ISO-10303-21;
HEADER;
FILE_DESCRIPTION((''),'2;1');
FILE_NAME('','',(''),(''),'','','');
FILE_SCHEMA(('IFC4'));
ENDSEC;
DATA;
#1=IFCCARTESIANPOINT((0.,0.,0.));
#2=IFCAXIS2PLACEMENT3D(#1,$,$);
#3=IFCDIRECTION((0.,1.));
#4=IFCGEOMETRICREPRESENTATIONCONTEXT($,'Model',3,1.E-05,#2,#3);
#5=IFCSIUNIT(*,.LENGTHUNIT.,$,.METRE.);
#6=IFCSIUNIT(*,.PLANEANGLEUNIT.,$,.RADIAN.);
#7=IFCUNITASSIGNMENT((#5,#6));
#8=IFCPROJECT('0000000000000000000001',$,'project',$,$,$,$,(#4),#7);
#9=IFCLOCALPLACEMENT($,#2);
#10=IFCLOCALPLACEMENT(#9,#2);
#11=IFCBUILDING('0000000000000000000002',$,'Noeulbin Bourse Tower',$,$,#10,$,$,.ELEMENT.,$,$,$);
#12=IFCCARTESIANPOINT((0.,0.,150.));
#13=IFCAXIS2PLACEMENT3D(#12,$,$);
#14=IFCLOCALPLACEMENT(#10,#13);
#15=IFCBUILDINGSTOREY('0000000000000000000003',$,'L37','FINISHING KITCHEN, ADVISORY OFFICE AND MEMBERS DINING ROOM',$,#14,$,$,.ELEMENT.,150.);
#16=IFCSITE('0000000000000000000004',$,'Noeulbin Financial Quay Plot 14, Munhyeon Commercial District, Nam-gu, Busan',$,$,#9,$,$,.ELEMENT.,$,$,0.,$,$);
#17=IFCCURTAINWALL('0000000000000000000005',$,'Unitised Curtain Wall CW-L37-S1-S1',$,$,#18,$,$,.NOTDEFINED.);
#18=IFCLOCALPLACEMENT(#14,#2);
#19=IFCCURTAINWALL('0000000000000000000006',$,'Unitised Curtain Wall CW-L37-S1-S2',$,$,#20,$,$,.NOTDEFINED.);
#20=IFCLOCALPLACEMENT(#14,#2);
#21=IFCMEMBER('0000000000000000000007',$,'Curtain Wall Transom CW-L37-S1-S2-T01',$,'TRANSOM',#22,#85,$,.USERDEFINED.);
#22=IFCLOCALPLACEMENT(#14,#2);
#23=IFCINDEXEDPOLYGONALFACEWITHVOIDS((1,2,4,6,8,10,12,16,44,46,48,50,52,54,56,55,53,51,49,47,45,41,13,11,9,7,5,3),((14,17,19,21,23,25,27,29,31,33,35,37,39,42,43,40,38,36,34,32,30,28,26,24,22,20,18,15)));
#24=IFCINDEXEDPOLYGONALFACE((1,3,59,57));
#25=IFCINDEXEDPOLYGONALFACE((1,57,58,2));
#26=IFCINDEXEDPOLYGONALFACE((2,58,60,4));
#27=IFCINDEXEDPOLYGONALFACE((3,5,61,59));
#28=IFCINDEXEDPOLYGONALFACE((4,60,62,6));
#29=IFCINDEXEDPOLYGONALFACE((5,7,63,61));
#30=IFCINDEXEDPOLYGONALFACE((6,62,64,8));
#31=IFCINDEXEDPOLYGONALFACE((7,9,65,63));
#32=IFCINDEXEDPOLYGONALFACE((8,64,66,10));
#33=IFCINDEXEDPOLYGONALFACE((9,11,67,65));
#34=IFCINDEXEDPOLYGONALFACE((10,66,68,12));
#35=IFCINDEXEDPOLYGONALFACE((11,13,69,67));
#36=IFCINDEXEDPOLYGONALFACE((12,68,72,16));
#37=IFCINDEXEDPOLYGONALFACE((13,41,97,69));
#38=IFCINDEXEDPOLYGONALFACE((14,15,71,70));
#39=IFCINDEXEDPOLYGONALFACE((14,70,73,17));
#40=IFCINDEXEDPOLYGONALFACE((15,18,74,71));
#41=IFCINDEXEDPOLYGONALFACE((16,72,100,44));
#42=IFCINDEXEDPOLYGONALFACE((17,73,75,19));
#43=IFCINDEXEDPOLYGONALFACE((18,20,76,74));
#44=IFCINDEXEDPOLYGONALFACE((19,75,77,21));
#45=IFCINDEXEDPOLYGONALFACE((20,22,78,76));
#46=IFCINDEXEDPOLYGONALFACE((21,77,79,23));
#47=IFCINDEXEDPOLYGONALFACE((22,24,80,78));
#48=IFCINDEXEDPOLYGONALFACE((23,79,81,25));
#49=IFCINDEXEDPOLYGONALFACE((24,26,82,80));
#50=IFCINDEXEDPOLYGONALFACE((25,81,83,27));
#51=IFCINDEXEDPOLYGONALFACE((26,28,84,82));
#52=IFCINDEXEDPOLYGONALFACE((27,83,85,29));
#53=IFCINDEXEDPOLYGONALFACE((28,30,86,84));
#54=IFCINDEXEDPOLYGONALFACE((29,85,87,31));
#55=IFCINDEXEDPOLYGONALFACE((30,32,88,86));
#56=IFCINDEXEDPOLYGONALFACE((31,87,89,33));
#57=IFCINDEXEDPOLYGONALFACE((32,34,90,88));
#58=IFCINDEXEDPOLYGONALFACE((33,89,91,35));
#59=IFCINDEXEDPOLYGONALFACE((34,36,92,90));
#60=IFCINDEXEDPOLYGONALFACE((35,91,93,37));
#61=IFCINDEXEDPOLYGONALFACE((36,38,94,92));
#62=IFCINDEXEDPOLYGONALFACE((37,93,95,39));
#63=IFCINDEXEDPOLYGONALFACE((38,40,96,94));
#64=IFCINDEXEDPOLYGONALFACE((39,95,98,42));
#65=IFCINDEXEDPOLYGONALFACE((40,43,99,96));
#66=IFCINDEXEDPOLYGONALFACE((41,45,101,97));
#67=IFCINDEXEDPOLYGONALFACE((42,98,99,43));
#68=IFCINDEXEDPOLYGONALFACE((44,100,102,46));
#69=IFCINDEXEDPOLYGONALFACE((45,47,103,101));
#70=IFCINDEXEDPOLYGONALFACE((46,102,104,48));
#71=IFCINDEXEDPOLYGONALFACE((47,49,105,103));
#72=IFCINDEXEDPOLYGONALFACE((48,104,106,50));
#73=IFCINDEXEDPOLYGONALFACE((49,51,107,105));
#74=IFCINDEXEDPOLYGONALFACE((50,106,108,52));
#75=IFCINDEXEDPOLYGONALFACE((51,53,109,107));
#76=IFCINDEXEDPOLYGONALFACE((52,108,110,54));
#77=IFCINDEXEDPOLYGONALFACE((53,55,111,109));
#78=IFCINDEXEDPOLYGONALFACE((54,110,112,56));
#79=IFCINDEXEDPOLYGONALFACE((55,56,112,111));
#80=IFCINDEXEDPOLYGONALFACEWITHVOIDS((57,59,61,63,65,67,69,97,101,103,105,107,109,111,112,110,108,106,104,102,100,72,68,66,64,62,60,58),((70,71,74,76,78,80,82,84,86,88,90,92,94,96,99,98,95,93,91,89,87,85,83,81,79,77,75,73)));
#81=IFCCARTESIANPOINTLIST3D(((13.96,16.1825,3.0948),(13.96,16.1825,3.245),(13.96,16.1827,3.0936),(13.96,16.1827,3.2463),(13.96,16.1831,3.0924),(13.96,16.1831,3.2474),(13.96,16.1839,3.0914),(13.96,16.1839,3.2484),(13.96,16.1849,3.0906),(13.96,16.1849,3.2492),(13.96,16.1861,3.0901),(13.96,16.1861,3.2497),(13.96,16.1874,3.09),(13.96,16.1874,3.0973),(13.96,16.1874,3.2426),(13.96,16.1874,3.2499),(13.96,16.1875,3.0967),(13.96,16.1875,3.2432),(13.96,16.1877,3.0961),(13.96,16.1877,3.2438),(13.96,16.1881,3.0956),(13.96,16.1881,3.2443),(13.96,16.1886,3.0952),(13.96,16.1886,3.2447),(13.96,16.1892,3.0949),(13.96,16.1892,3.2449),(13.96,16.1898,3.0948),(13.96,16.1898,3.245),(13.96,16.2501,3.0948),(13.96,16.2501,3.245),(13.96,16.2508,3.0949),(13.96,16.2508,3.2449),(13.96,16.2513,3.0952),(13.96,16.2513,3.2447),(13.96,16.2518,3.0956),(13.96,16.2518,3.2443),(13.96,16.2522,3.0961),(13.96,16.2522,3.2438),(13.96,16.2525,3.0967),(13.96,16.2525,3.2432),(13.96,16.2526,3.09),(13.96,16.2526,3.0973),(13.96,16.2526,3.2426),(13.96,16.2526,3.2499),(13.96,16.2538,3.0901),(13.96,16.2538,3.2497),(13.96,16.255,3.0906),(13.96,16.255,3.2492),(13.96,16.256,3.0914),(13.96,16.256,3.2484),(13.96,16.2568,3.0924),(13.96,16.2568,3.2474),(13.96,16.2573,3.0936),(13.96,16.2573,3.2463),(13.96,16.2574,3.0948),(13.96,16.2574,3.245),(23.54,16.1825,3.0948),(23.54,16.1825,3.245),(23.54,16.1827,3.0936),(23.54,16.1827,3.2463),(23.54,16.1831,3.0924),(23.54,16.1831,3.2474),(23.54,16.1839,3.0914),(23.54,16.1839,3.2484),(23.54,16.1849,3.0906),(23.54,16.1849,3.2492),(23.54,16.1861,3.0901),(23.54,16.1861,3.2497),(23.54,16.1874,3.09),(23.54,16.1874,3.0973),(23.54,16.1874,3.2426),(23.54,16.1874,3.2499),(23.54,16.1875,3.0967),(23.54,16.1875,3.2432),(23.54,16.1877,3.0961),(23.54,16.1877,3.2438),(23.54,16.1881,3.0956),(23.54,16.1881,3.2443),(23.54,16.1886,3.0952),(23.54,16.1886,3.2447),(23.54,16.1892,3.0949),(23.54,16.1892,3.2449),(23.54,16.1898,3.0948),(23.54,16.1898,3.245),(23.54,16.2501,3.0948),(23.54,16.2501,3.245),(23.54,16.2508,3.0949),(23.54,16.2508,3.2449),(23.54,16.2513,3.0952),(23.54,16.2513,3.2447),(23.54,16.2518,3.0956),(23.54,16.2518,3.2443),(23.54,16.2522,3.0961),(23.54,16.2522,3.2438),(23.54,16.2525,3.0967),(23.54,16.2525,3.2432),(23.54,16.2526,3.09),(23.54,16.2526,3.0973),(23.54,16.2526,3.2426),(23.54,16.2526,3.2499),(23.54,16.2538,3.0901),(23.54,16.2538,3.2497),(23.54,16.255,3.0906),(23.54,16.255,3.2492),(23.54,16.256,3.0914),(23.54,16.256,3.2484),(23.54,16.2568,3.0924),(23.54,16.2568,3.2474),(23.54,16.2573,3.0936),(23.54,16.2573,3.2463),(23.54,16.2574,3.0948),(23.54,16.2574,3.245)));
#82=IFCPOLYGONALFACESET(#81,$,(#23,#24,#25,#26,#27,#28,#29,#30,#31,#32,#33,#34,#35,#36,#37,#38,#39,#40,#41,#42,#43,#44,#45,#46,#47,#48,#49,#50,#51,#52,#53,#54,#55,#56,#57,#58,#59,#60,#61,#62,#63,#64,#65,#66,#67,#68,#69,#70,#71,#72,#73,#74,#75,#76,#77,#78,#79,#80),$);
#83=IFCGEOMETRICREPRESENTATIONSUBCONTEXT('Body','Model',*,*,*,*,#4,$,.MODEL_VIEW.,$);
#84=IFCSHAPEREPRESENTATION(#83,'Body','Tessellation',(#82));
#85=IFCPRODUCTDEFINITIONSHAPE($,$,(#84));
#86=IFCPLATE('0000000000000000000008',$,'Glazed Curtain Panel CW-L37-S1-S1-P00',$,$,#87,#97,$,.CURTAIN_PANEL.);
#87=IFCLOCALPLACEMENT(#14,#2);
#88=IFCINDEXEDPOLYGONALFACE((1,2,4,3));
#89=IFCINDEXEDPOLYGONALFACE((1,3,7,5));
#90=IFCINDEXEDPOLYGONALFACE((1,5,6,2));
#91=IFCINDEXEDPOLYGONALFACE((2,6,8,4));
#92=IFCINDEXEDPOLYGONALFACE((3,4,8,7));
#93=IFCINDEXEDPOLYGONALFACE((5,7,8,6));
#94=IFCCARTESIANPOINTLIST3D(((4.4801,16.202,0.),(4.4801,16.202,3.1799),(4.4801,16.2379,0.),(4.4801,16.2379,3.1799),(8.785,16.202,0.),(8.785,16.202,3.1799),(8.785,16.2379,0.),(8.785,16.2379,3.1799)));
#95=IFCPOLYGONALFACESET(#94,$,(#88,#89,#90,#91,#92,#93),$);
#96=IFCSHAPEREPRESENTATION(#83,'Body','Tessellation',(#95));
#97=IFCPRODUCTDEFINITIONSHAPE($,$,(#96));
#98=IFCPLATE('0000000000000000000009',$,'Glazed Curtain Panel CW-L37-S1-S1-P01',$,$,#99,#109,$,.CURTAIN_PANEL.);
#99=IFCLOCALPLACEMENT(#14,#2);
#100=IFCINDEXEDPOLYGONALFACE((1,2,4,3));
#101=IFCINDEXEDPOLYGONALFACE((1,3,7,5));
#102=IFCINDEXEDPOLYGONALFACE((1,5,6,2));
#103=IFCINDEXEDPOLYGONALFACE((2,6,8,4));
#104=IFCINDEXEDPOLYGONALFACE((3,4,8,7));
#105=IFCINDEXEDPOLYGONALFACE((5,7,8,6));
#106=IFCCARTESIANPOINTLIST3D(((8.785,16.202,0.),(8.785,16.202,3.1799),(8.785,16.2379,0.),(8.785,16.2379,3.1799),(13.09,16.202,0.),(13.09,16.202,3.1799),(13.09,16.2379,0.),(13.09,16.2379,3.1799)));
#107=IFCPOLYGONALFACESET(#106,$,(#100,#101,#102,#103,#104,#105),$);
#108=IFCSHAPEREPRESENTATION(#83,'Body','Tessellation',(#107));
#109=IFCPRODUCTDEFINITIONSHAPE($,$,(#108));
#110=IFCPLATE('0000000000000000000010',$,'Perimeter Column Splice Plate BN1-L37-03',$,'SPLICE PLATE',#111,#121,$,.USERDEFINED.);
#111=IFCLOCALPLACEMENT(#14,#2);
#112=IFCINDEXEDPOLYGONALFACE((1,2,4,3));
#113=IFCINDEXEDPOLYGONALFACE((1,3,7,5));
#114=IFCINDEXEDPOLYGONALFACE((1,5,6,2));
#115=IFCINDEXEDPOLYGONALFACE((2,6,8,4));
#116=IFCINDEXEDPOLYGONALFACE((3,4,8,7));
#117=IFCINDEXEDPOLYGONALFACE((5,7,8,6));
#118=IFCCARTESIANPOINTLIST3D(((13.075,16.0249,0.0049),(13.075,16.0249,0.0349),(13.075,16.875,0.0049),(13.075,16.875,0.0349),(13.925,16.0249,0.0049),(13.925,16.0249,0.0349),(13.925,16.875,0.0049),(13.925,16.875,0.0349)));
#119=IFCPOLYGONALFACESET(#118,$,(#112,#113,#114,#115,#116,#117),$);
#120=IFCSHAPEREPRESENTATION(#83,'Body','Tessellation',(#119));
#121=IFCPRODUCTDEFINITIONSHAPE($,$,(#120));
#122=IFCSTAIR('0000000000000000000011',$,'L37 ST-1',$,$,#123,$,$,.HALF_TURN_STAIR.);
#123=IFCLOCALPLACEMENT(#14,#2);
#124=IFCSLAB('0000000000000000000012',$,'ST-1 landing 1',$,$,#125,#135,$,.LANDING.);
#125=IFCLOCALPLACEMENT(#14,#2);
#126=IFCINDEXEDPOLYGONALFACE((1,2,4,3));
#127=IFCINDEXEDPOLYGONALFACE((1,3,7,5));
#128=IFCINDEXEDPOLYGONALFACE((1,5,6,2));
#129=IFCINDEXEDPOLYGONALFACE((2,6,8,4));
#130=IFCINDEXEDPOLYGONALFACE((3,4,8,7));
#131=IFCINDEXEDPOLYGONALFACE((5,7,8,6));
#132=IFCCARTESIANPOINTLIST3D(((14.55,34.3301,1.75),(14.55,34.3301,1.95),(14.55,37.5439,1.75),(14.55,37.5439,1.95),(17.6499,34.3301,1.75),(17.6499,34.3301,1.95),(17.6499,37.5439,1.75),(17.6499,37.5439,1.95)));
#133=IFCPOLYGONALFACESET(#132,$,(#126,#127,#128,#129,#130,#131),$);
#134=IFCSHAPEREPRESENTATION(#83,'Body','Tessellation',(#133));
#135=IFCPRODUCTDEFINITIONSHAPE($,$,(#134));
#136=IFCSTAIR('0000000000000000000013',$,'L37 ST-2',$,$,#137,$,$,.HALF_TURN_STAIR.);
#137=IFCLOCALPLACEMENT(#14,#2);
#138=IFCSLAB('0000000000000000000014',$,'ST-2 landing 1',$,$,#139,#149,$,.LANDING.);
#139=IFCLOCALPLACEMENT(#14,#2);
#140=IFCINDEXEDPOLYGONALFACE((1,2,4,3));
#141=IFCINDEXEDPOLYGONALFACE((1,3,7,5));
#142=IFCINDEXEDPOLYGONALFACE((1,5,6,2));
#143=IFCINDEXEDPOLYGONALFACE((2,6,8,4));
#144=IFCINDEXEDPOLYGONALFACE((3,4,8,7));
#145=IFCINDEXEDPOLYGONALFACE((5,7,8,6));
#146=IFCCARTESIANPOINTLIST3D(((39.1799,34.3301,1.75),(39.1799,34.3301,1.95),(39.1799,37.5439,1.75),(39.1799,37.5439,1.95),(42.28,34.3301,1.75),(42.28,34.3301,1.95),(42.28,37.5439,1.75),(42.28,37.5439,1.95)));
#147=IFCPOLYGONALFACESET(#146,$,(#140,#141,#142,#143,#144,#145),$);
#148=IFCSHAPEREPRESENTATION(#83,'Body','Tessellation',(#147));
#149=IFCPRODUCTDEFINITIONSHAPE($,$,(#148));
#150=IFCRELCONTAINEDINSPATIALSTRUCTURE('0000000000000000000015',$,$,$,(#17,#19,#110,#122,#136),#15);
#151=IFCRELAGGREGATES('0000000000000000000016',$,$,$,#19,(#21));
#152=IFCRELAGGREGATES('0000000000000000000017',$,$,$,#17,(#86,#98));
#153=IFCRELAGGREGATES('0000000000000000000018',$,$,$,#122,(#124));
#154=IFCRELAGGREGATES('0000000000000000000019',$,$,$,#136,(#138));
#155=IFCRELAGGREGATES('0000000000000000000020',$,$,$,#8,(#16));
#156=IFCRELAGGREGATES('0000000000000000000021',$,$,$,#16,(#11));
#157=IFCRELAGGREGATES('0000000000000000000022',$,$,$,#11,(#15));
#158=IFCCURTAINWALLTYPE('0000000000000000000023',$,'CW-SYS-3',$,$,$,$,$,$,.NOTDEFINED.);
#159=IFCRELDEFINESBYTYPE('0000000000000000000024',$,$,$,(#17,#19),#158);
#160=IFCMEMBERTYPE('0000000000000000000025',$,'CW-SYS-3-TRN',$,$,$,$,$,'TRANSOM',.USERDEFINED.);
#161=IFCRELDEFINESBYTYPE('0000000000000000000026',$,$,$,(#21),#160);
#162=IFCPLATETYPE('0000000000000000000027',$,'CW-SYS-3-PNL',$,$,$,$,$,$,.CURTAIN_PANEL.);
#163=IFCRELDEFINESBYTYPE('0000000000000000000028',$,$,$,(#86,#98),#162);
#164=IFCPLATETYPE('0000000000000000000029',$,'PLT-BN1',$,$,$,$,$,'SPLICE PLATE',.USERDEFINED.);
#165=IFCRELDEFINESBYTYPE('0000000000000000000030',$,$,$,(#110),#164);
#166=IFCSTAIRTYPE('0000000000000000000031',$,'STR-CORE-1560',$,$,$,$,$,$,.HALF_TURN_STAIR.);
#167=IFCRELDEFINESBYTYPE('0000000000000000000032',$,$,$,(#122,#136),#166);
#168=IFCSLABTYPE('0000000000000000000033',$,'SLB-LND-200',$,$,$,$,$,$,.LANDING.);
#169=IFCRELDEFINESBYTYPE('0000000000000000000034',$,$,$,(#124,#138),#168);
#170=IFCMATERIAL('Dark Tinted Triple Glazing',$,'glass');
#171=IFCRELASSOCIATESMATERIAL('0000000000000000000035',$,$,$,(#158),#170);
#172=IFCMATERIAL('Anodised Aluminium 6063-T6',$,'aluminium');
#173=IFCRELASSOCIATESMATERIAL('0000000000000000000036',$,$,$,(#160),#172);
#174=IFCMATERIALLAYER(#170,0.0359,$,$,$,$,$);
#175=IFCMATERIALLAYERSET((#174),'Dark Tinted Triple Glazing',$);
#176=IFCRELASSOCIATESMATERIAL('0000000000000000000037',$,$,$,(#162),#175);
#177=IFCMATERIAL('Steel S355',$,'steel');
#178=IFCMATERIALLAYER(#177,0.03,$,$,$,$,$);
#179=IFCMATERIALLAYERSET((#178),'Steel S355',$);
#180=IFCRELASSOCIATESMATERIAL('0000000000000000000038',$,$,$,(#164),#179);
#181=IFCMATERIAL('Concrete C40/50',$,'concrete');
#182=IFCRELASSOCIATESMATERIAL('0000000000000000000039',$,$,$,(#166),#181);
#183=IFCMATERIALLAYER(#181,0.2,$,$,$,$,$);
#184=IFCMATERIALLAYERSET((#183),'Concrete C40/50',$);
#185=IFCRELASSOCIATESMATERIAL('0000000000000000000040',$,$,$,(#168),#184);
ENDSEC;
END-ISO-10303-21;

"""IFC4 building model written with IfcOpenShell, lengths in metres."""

from ifc_helpers import new_model, si_unit, direction, frame, origin, origin_2d, place, context, subcontext, project, spatial, polyline, rectangle, hollow_rectangle, outline, extrude, material, layer, layer_set, material_profile, profile_set, type_object, element, aggregate, save


model = new_model("IFC4")

# Units and contexts
model_context = context("Model", 3, precision=1e-05, world=origin(), true_north=direction((0.0, 1.0)))
body_context = subcontext(model_context, "Body", "Model", "MODEL_VIEW")
ifc_project = project(units=[si_unit("LENGTHUNIT", "METRE"), si_unit("PLANEANGLEUNIT", "RADIAN")], contexts=[model_context])

# Site, building, storey
site_placement = place(None, origin())
site = spatial("IfcSite", under=ifc_project, at=site_placement, Name="Noeulbin Financial Quay Plot 14, Munhyeon Commercial District, Nam-gu, Busan", CompositionType="ELEMENT", RefElevation=0.0)
building_placement = place(site_placement, origin())
building = spatial("IfcBuilding", under=site, at=building_placement, Name="Noeulbin Bourse Tower", CompositionType="ELEMENT")
storey_placement = place(building_placement, frame((0.0, 0.0, 150.0)))
storey = spatial("IfcBuildingStorey", under=building, at=storey_placement, Name="L37", Description="FINISHING KITCHEN, ADVISORY OFFICE AND MEMBERS DINING ROOM", CompositionType="ELEMENT", Elevation=150.0)

# Shared definitions
ifc_material_1 = material(Name="Steel S355", Category="steel")

# Curtain wall
ifc_material_2 = material(Name="Dark Tinted Triple Glazing", Category="glass")
curtain_wall_type = type_object("IfcCurtainWallType", Name="CW-SYS-3", PredefinedType="NOTDEFINED", material=ifc_material_2)
curtain_wall_1_placement = place(storey_placement, origin())
curtain_wall_1 = element("IfcCurtainWall", 1, at=curtain_wall_1_placement, inside=storey, type_object=curtain_wall_type, Name="Unitised Curtain Wall CW-L37-S1-S1", PredefinedType="NOTDEFINED")
ifc_material_3 = material(Name="Anodised Aluminium 6063-T6", Category="aluminium")

# Curtain wall
curtain_wall_2_placement = place(storey_placement, origin())
curtain_wall_2 = element("IfcCurtainWall", 2, at=curtain_wall_2_placement, inside=storey, type_object=curtain_wall_type, Name="Unitised Curtain Wall CW-L37-S1-S2", PredefinedType="NOTDEFINED")

# Member
ifc_material_profile_1 = material_profile(ifc_material_3, hollow_rectangle(XDim=0.075, YDim=0.1599, WallThickness=0.0049, InnerFilletRadius=0.0024, OuterFilletRadius=0.0049, at=origin_2d()), Name="ALU-TRAN-75x160x5", Category="LoadBearing")
ifc_profile_set_1 = profile_set([ifc_material_profile_1], Name="Anodised Aluminium 6063-T6")
member_type_1 = type_object("IfcMemberType", Name="CW-SYS-3-TRN", ElementType="TRANSOM", PredefinedType="USERDEFINED", material=ifc_profile_set_1)
member_1_placement = place(storey_placement, frame((13.96, 16.22, 3.1699), z_axis=(1.0, 0.0, 0.0), x_axis=(0.0, 1.0, 0.0)))
member_1 = element("IfcMember", 3, at=member_1_placement, type_object=member_type_1, Name="Curtain Wall Transom CW-L37-S1-S2-T01", ObjectType="TRANSOM", PredefinedType="USERDEFINED", context=body_context, shape_type="SweptSolid", body=[
    extrude(hollow_rectangle(XDim=0.075, YDim=0.1599, WallThickness=0.0049, InnerFilletRadius=0.0024, OuterFilletRadius=0.0049, at=origin_2d()), origin(), (0.0, 0.0, 1.0), 9.5801),
])
aggregate(curtain_wall_2, [member_1])

# Plates
ifc_layer_1 = layer(ifc_material_2, 0.0359)
ifc_layer_set_1 = layer_set([ifc_layer_1], Name="Dark Tinted Triple Glazing")
plate_type_1 = type_object("IfcPlateType", Name="CW-SYS-3-PNL", PredefinedType="CURTAIN_PANEL", material=ifc_layer_set_1)
plate_1_placement = place(storey_placement, frame((6.6326, 16.22, 0.0), z_axis=(0.0, 0.0, 1.0), x_axis=(1.0, 0.0, 0.0)))
plate_1 = element("IfcPlate", 4, at=plate_1_placement, type_object=plate_type_1, Name="Glazed Curtain Panel CW-L37-S1-S1-P00", PredefinedType="CURTAIN_PANEL", context=body_context, shape_type="SweptSolid", body=[
    extrude(rectangle(XDim=4.3049, YDim=0.0359, at=origin_2d()), origin(), (0.0, 0.0, 1.0), 3.1799),
])
plate_2_placement = place(storey_placement, frame((10.9375, 16.22, 0.0), z_axis=(0.0, 0.0, 1.0), x_axis=(1.0, 0.0, 0.0)))
plate_2 = element("IfcPlate", 5, at=plate_2_placement, type_object=plate_type_1, Name="Glazed Curtain Panel CW-L37-S1-S1-P01", PredefinedType="CURTAIN_PANEL", context=body_context, shape_type="SweptSolid", body=[
    extrude(rectangle(XDim=4.3049, YDim=0.0359, at=origin_2d()), origin(), (0.0, 0.0, 1.0), 3.1799),
])
aggregate(curtain_wall_1, [plate_1, plate_2])
ifc_layer_2 = layer(ifc_material_1, 0.03)
ifc_layer_set_2 = layer_set([ifc_layer_2], Name="Steel S355")
plate_type_2 = type_object("IfcPlateType", Name="PLT-BN1", ElementType="SPLICE PLATE", PredefinedType="USERDEFINED", material=ifc_layer_set_2)
plate_3_placement = place(storey_placement, frame((13.5, 16.45, 0.0049), z_axis=(0.0, 0.0, 1.0), x_axis=(1.0, 0.0, 0.0)))
element("IfcPlate", 6, at=plate_3_placement, inside=storey, type_object=plate_type_2, Name="Perimeter Column Splice Plate BN1-L37-03", ObjectType="SPLICE PLATE", PredefinedType="USERDEFINED", context=body_context, shape_type="SweptSolid", body=[
    extrude(rectangle(XDim=0.8501, YDim=0.8501, at=origin_2d()), origin(), (0.0, 0.0, 1.0), 0.03),
])

# Stairs, slabs
ifc_material_4 = material(Name="Concrete C40/50", Category="concrete")
stair_type = type_object("IfcStairType", Name="STR-CORE-1560", PredefinedType="HALF_TURN_STAIR", material=ifc_material_4)
stair_1_placement = place(storey_placement, origin())
stair_1 = element("IfcStair", 7, at=stair_1_placement, inside=storey, type_object=stair_type, Name="L37 ST-1", PredefinedType="HALF_TURN_STAIR")
ifc_layer_3 = layer(ifc_material_4, 0.2)
ifc_layer_set_3 = layer_set([ifc_layer_3], Name="Concrete C40/50")
slab_type_1 = type_object("IfcSlabType", Name="SLB-LND-200", PredefinedType="LANDING", material=ifc_layer_set_3)
slab_1_placement = place(storey_placement, frame((0.0, 0.0, 1.75)))
slab_1 = element("IfcSlab", 8, at=slab_1_placement, type_object=slab_type_1, Name="ST-1 landing 1", PredefinedType="LANDING", context=body_context, shape_type="SweptSolid", body=[
    extrude(outline(polyline([(17.6499, 34.3301), (17.6499, 37.5439), (14.55, 37.5439), (14.55, 34.3301), (17.6499, 34.3301)])), origin(), (0.0, 0.0, 1.0), 0.2),
])
aggregate(stair_1, [slab_1])
stair_2_placement = place(storey_placement, origin())
stair_2 = element("IfcStair", 9, at=stair_2_placement, inside=storey, type_object=stair_type, Name="L37 ST-2", PredefinedType="HALF_TURN_STAIR")
slab_2_placement = place(storey_placement, frame((0.0, 0.0, 1.75)))
slab_2 = element("IfcSlab", 10, at=slab_2_placement, type_object=slab_type_1, Name="ST-2 landing 1", PredefinedType="LANDING", context=body_context, shape_type="SweptSolid", body=[
    extrude(outline(polyline([(42.28, 34.3301), (42.28, 37.5439), (39.1799, 37.5439), (39.1799, 34.3301), (42.28, 34.3301)])), origin(), (0.0, 0.0, 1.0), 0.2),
])
aggregate(stair_2, [slab_2])

save(model, "model.ifc")
